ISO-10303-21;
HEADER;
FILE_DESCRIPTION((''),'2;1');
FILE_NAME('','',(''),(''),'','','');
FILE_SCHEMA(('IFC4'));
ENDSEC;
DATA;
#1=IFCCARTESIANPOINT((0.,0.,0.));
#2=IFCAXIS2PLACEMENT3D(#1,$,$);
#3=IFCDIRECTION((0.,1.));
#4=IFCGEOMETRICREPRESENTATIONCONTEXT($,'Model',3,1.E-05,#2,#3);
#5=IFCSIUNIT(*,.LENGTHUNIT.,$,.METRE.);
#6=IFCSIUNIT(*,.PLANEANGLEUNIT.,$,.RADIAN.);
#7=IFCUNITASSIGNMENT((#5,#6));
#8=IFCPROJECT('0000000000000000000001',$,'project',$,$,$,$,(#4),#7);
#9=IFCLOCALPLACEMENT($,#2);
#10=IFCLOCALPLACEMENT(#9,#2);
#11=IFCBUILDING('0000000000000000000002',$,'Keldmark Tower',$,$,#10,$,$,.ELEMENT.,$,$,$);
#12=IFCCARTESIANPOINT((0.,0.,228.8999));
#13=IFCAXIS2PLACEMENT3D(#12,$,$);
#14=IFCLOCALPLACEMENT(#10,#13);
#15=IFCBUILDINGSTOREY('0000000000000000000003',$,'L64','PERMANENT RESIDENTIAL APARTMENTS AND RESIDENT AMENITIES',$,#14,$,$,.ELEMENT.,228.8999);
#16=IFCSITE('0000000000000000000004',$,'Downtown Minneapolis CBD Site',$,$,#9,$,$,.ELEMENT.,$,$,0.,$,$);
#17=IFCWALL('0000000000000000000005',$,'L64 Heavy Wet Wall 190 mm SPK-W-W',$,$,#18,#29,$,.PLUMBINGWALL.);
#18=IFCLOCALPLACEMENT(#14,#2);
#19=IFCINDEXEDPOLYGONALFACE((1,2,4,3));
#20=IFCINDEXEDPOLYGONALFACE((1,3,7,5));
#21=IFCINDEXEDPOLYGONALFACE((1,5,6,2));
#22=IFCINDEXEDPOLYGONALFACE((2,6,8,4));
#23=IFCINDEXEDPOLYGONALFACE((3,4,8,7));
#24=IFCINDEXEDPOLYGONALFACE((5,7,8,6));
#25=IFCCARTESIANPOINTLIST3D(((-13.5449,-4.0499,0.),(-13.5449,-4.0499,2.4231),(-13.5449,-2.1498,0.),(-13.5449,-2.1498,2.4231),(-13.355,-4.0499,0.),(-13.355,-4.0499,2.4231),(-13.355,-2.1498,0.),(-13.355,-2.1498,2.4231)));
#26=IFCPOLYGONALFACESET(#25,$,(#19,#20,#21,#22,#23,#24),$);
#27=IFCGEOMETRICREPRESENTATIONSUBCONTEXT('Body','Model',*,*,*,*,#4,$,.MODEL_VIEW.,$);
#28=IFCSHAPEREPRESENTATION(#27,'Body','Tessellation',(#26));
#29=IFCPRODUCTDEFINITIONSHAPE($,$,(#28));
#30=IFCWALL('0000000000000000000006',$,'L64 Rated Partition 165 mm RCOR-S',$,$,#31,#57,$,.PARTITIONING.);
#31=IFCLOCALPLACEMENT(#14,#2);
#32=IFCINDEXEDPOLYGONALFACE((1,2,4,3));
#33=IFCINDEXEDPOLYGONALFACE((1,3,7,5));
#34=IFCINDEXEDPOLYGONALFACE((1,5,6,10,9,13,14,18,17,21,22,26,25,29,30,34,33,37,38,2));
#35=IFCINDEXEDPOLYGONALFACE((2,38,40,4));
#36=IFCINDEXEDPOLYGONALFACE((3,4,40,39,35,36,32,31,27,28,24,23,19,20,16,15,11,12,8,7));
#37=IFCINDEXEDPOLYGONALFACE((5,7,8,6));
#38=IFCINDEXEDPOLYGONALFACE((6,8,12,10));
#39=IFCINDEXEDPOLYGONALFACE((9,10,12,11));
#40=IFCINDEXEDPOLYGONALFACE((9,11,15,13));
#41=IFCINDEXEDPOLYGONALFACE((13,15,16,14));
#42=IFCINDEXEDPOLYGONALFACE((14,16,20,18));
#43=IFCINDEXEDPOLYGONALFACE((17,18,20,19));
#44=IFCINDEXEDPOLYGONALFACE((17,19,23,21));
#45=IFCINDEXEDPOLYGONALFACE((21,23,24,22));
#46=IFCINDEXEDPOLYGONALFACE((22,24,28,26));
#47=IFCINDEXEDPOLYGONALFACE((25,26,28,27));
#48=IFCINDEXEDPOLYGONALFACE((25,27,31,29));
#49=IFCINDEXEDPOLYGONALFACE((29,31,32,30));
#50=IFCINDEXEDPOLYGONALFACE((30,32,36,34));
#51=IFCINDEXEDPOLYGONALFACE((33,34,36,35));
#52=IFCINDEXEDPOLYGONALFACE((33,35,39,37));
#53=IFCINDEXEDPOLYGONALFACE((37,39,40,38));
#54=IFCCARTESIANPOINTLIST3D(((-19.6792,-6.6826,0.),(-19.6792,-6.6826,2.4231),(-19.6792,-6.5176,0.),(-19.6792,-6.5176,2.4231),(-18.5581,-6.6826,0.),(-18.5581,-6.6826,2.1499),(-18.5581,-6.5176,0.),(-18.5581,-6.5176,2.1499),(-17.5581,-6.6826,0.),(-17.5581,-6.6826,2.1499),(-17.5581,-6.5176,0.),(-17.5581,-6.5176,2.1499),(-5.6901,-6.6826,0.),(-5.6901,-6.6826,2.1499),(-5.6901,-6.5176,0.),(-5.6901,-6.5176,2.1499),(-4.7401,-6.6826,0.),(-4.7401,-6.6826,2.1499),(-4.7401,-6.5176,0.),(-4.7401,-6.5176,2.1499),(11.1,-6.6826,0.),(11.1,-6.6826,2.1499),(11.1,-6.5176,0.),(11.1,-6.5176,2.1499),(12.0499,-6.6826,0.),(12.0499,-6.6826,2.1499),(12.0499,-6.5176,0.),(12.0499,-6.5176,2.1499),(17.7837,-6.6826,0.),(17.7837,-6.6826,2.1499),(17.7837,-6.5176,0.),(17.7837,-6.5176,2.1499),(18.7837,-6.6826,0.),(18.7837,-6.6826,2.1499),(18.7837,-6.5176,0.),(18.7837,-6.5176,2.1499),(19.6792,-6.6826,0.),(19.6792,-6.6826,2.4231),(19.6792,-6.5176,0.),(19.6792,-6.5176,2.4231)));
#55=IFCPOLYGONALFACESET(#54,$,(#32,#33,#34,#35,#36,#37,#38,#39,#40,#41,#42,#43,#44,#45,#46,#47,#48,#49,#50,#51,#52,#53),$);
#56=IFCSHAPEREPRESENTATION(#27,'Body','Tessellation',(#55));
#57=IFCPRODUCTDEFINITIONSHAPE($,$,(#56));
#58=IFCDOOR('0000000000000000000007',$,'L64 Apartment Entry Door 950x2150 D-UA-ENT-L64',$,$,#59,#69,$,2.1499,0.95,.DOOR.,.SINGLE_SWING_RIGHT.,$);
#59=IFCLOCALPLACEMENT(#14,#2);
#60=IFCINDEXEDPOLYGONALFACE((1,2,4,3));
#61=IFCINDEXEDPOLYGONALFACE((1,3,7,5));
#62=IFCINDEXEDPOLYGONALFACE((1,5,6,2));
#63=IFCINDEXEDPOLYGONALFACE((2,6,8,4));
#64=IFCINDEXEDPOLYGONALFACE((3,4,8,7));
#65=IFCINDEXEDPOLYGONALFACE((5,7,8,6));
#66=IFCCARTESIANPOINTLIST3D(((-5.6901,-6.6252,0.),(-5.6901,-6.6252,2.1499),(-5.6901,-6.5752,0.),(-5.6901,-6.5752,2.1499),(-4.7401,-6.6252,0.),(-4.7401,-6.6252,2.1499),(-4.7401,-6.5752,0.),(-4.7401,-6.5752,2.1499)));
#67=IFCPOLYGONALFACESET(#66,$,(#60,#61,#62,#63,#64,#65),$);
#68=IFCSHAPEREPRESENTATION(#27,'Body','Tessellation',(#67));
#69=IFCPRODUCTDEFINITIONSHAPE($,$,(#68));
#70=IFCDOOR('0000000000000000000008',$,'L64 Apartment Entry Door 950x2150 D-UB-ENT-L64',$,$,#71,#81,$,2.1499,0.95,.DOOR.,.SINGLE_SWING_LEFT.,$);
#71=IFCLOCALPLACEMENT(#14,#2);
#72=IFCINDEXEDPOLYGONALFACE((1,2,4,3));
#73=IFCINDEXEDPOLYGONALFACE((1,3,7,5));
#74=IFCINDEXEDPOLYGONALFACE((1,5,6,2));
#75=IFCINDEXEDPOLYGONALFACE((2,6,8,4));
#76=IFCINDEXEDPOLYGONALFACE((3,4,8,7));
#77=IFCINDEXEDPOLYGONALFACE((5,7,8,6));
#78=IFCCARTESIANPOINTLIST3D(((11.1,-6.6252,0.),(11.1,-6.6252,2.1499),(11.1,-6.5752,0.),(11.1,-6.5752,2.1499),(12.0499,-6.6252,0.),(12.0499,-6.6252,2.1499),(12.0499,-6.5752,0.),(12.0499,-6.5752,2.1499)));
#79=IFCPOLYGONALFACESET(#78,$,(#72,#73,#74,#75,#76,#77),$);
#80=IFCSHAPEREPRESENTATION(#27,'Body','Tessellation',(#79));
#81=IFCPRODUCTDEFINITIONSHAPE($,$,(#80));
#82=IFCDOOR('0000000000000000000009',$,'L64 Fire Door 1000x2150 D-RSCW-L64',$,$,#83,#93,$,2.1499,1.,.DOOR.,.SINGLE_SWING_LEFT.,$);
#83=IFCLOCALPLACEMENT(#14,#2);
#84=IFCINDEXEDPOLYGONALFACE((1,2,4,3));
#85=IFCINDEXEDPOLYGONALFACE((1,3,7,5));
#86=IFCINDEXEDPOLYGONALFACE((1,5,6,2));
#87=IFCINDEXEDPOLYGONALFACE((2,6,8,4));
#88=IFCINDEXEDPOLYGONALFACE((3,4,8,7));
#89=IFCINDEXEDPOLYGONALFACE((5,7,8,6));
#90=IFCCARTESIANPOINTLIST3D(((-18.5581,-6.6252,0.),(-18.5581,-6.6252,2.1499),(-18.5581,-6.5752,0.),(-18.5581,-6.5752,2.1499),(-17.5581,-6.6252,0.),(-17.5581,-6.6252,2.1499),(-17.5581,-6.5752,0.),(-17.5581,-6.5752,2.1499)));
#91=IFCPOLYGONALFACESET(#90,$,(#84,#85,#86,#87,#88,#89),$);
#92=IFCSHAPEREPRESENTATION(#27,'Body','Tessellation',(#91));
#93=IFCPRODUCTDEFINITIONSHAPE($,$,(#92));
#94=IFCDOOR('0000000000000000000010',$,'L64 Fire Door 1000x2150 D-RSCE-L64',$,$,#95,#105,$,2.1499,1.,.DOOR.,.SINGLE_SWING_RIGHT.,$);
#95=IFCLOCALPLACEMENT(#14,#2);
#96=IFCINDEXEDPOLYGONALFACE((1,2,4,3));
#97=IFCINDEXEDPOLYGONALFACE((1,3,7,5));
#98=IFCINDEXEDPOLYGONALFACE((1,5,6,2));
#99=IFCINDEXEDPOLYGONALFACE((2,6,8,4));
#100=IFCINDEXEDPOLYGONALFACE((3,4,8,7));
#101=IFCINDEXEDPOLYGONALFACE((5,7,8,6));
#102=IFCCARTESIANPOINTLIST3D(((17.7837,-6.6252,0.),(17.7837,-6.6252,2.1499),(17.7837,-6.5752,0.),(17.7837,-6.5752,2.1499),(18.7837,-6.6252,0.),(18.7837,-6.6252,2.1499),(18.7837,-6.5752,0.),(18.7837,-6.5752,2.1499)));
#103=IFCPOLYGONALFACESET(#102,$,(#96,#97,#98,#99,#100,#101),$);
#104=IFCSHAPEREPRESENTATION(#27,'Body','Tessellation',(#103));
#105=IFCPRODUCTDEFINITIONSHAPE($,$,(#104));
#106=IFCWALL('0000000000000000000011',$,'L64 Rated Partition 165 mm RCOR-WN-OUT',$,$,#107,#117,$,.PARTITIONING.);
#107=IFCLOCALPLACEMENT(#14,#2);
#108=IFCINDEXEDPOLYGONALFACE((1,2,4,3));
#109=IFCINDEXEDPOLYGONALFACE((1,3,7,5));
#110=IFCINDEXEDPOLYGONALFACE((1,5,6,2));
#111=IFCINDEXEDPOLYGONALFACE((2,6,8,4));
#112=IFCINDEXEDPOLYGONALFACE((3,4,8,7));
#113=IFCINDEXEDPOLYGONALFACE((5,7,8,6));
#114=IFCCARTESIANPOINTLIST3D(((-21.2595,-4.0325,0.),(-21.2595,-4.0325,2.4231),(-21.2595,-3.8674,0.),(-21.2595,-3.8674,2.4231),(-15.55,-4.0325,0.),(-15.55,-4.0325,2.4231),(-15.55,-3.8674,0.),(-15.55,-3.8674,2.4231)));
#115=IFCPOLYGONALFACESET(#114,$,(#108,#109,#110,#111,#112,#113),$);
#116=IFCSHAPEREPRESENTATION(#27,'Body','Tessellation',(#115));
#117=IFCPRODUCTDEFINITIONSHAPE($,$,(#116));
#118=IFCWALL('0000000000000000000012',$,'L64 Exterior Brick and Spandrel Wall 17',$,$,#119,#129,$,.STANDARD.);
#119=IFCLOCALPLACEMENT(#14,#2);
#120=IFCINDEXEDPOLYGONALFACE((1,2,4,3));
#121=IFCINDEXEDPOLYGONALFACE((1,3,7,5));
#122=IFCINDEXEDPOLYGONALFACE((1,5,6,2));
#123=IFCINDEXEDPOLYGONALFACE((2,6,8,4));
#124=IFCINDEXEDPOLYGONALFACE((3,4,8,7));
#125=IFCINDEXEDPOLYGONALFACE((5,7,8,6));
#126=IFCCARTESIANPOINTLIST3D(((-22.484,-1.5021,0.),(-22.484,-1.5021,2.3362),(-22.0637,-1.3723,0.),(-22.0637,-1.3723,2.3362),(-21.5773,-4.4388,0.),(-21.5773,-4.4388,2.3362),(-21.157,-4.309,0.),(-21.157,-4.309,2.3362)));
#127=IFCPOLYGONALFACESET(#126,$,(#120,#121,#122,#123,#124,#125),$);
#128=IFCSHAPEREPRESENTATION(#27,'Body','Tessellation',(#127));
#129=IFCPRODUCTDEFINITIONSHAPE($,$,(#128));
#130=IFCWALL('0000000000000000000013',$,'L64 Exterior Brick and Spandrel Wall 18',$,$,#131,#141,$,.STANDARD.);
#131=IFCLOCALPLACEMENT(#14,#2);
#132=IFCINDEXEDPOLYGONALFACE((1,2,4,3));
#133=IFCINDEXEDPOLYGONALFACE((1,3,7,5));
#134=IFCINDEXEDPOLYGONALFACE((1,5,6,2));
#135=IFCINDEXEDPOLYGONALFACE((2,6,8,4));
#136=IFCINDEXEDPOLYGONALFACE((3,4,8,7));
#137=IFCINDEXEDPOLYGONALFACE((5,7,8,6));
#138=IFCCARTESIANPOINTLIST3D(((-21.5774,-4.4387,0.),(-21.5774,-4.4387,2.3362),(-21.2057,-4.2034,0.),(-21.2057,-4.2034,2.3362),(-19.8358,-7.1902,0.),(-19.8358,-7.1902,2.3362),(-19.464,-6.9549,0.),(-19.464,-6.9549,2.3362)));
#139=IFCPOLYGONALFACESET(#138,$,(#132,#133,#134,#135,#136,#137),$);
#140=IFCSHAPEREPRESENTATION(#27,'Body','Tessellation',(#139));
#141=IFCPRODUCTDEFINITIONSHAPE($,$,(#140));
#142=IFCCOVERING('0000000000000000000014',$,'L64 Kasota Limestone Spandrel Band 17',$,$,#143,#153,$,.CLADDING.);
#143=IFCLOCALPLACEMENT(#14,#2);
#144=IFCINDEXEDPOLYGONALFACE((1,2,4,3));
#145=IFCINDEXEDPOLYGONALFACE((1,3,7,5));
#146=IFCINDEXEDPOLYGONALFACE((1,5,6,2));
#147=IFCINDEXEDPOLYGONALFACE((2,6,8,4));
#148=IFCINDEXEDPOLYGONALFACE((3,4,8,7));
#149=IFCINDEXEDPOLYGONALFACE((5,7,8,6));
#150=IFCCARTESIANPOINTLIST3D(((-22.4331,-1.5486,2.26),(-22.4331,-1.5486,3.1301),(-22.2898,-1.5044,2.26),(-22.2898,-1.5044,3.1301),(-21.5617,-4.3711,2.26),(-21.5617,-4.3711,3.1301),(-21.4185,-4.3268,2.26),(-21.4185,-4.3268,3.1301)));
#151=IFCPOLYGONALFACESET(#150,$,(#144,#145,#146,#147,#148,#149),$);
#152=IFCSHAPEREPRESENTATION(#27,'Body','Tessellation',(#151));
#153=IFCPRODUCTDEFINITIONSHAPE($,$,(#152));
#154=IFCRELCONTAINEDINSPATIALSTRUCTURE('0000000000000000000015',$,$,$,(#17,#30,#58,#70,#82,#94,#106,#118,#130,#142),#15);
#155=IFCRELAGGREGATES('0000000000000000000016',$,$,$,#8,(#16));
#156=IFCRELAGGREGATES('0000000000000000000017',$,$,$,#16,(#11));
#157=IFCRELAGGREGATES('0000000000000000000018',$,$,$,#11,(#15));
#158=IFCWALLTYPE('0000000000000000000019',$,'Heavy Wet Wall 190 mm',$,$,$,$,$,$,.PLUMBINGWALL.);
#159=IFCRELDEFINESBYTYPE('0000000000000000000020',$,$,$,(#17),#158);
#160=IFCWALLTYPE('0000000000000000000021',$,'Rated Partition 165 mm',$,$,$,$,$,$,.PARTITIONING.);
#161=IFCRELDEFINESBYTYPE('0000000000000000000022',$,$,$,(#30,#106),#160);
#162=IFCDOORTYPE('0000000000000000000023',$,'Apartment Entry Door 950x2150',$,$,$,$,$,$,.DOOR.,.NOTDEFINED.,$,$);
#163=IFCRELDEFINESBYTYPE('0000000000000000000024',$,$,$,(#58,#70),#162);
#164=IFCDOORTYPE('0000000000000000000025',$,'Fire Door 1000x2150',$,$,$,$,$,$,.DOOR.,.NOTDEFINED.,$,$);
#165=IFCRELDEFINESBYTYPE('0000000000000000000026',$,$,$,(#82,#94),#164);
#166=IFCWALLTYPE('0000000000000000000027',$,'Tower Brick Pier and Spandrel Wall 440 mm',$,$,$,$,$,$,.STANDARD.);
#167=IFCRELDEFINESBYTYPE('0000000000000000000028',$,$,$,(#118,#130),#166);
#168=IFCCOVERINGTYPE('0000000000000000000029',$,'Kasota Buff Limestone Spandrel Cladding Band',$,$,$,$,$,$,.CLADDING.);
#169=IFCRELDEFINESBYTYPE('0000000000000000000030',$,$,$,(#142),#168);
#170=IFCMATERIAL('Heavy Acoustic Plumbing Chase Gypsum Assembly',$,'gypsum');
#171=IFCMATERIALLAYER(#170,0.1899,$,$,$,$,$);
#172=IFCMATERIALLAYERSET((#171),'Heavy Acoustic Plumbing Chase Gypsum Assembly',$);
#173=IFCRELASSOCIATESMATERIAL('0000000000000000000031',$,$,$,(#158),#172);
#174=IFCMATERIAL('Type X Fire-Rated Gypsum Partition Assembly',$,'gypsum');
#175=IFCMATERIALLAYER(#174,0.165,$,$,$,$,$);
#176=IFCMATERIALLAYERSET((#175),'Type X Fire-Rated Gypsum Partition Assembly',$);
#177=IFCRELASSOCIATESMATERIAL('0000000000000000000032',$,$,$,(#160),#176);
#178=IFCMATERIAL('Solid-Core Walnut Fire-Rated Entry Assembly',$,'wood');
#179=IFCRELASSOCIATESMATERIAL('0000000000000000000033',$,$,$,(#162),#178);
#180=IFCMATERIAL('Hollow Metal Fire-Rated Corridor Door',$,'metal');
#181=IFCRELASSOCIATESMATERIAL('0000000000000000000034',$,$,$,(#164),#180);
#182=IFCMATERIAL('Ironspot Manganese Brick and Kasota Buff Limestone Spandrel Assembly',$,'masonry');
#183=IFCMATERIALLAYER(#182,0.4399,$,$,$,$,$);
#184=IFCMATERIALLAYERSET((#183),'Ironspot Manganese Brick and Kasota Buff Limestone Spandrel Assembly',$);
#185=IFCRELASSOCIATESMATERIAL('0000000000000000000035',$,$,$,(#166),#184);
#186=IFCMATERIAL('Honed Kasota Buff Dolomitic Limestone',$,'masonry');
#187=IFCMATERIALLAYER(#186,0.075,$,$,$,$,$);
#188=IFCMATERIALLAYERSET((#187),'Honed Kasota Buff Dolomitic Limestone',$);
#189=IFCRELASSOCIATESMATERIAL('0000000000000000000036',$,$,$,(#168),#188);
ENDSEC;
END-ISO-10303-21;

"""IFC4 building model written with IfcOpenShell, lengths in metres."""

from ifc_helpers import new_model, si_unit, direction, frame, frame_2d, origin, origin_2d, place, context, subcontext, project, spatial, rectangle, extrude, material, layer, layer_set, type_object, element, fill, save


model = new_model("IFC4")

# Units and contexts
model_context = context("Model", 3, precision=1e-05, world=origin(), true_north=direction((0.0, 1.0)))
body_context = subcontext(model_context, "Body", "Model", "MODEL_VIEW")
ifc_project = project(units=[si_unit("LENGTHUNIT", "METRE"), si_unit("PLANEANGLEUNIT", "RADIAN")], contexts=[model_context])

# Site, building, storey
site_placement = place(None, origin())
site = spatial("IfcSite", under=ifc_project, at=site_placement, Name="Downtown Minneapolis CBD Site", CompositionType="ELEMENT", RefElevation=0.0)
building_placement = place(site_placement, origin())
building = spatial("IfcBuilding", under=site, at=building_placement, Name="Keldmark Tower", CompositionType="ELEMENT")
storey_placement = place(building_placement, frame((0.0, 0.0, 228.8999)))
storey = spatial("IfcBuildingStorey", under=building, at=storey_placement, Name="L64", Description="PERMANENT RESIDENTIAL APARTMENTS AND RESIDENT AMENITIES", CompositionType="ELEMENT", Elevation=228.8999)

# Shared definitions
ifc_material_1 = material(Name="Heavy Acoustic Plumbing Chase Gypsum Assembly", Category="gypsum")
ifc_layer_1 = layer(ifc_material_1, 0.1899)
ifc_layer_set_1 = layer_set([ifc_layer_1], Name="Heavy Acoustic Plumbing Chase Gypsum Assembly")
wall_type_1 = type_object("IfcWallType", Name="Heavy Wet Wall 190 mm", PredefinedType="PLUMBINGWALL", material=ifc_layer_set_1)

# Wall
wall_1_placement = place(storey_placement, frame((-13.45, -4.05, 0.0), z_axis=(0.0, 0.0, 1.0), x_axis=(0.0, 1.0, 0.0)))
element("IfcWall", 1, at=wall_1_placement, inside=storey, type_object=wall_type_1, Name="L64 Heavy Wet Wall 190 mm SPK-W-W", PredefinedType="PLUMBINGWALL", context=body_context, shape_type="SweptSolid", body=[
    extrude(rectangle(XDim=1.9001, YDim=0.1899, at=frame_2d((0.9502, 0.0))), origin(), (0.0, 0.0, 1.0), 2.4231),
])

# Wall, openings, doors
ifc_material_2 = material(Name="Type X Fire-Rated Gypsum Partition Assembly", Category="gypsum")
ifc_layer_2 = layer(ifc_material_2, 0.165)
ifc_layer_set_2 = layer_set([ifc_layer_2], Name="Type X Fire-Rated Gypsum Partition Assembly")
wall_type_2 = type_object("IfcWallType", Name="Rated Partition 165 mm", PredefinedType="PARTITIONING", material=ifc_layer_set_2)
wall_2_placement = place(storey_placement, frame((-19.6792, -6.6001, 0.0), z_axis=(0.0, 0.0, 1.0), x_axis=(1.0, 0.0, 0.0)))
wall_2 = element("IfcWall", 2, at=wall_2_placement, inside=storey, type_object=wall_type_2, Name="L64 Rated Partition 165 mm RCOR-S", PredefinedType="PARTITIONING", context=body_context, shape_type="SweptSolid", body=[
    extrude(rectangle(XDim=39.3584, YDim=0.165, at=frame_2d((19.6792, 0.0))), origin(), (0.0, 0.0, 1.0), 2.4231),
])
opening_1_placement = place(wall_2_placement, frame((1.1211, 0.0, 0.0)))
opening_1 = element("IfcOpeningElement", 3, at=opening_1_placement, cuts=wall_2, PredefinedType="OPENING", context=body_context, shape_type="SweptSolid", body=[
    extrude(rectangle(XDim=1.0, YDim=2.1499, at=frame_2d((0.5, 1.075))), frame((0.0, 0.0925, 0.0), z_axis=(0.0, -1.0, 0.0), x_axis=(1.0, 0.0, 0.0)), (0.0, 0.0, 1.0), 0.1851),
])
opening_2_placement = place(wall_2_placement, frame((37.4629, 0.0, 0.0)))
opening_2 = element("IfcOpeningElement", 4, at=opening_2_placement, cuts=wall_2, PredefinedType="OPENING", context=body_context, shape_type="SweptSolid", body=[
    extrude(rectangle(XDim=1.0, YDim=2.1499, at=frame_2d((0.5, 1.075))), frame((0.0, 0.0925, 0.0), z_axis=(0.0, -1.0, 0.0), x_axis=(1.0, 0.0, 0.0)), (0.0, 0.0, 1.0), 0.1851),
])
opening_3_placement = place(wall_2_placement, frame((13.989, 0.0, 0.0)))
opening_3 = element("IfcOpeningElement", 5, at=opening_3_placement, cuts=wall_2, PredefinedType="OPENING", context=body_context, shape_type="SweptSolid", body=[
    extrude(rectangle(XDim=0.95, YDim=2.1499, at=frame_2d((0.4751, 1.075))), frame((0.0, 0.0925, 0.0), z_axis=(0.0, -1.0, 0.0), x_axis=(1.0, 0.0, 0.0)), (0.0, 0.0, 1.0), 0.1851),
])
opening_4_placement = place(wall_2_placement, frame((30.7791, 0.0, 0.0)))
opening_4 = element("IfcOpeningElement", 6, at=opening_4_placement, cuts=wall_2, PredefinedType="OPENING", context=body_context, shape_type="SweptSolid", body=[
    extrude(rectangle(XDim=0.95, YDim=2.1499, at=frame_2d((0.4751, 1.075))), frame((0.0, 0.0925, 0.0), z_axis=(0.0, -1.0, 0.0), x_axis=(1.0, 0.0, 0.0)), (0.0, 0.0, 1.0), 0.1851),
])
ifc_material_3 = material(Name="Solid-Core Walnut Fire-Rated Entry Assembly", Category="wood")
door_type_1 = type_object("IfcDoorType", Name="Apartment Entry Door 950x2150", OperationType="NOTDEFINED", PredefinedType="DOOR", material=ifc_material_3)
door_1_placement = place(opening_3_placement, origin())
door_1 = element("IfcDoor", 7, at=door_1_placement, inside=storey, type_object=door_type_1, Name="L64 Apartment Entry Door 950x2150 D-UA-ENT-L64", OperationType="SINGLE_SWING_RIGHT", OverallHeight=2.1499, OverallWidth=0.95, PredefinedType="DOOR", context=body_context, shape_type="SweptSolid", body=[
    extrude(rectangle(XDim=0.95, YDim=2.1499, at=frame_2d((0.4751, 1.075))), frame((0.0, 0.0249, 0.0), z_axis=(0.0, -1.0, 0.0), x_axis=(1.0, 0.0, 0.0)), (0.0, 0.0, 1.0), 0.05),
])
fill(opening_3, door_1)
door_2_placement = place(opening_4_placement, origin())
door_2 = element("IfcDoor", 8, at=door_2_placement, inside=storey, type_object=door_type_1, Name="L64 Apartment Entry Door 950x2150 D-UB-ENT-L64", OperationType="SINGLE_SWING_LEFT", OverallHeight=2.1499, OverallWidth=0.95, PredefinedType="DOOR", context=body_context, shape_type="SweptSolid", body=[
    extrude(rectangle(XDim=0.95, YDim=2.1499, at=frame_2d((0.4751, 1.075))), frame((0.0, 0.0249, 0.0), z_axis=(0.0, -1.0, 0.0), x_axis=(1.0, 0.0, 0.0)), (0.0, 0.0, 1.0), 0.05),
])
fill(opening_4, door_2)
ifc_material_4 = material(Name="Hollow Metal Fire-Rated Corridor Door", Category="metal")
door_type_2 = type_object("IfcDoorType", Name="Fire Door 1000x2150", OperationType="NOTDEFINED", PredefinedType="DOOR", material=ifc_material_4)
door_3_placement = place(opening_1_placement, origin())
door_3 = element("IfcDoor", 9, at=door_3_placement, inside=storey, type_object=door_type_2, Name="L64 Fire Door 1000x2150 D-RSCW-L64", OperationType="SINGLE_SWING_LEFT", OverallHeight=2.1499, OverallWidth=1.0, PredefinedType="DOOR", context=body_context, shape_type="SweptSolid", body=[
    extrude(rectangle(XDim=1.0, YDim=2.1499, at=frame_2d((0.5, 1.075))), frame((0.0, 0.0249, 0.0), z_axis=(0.0, -1.0, 0.0), x_axis=(1.0, 0.0, 0.0)), (0.0, 0.0, 1.0), 0.05),
])
fill(opening_1, door_3)
door_4_placement = place(opening_2_placement, origin())
door_4 = element("IfcDoor", 10, at=door_4_placement, inside=storey, type_object=door_type_2, Name="L64 Fire Door 1000x2150 D-RSCE-L64", OperationType="SINGLE_SWING_RIGHT", OverallHeight=2.1499, OverallWidth=1.0, PredefinedType="DOOR", context=body_context, shape_type="SweptSolid", body=[
    extrude(rectangle(XDim=1.0, YDim=2.1499, at=frame_2d((0.5, 1.075))), frame((0.0, 0.0249, 0.0), z_axis=(0.0, -1.0, 0.0), x_axis=(1.0, 0.0, 0.0)), (0.0, 0.0, 1.0), 0.05),
])
fill(opening_2, door_4)

# Wall
wall_3_placement = place(storey_placement, frame((-21.2595, -3.95, 0.0), z_axis=(0.0, 0.0, 1.0), x_axis=(1.0, 0.0, 0.0)))
element("IfcWall", 11, at=wall_3_placement, inside=storey, type_object=wall_type_2, Name="L64 Rated Partition 165 mm RCOR-WN-OUT", PredefinedType="PARTITIONING", context=body_context, shape_type="SweptSolid", body=[
    extrude(rectangle(XDim=5.7095, YDim=0.165, at=frame_2d((2.8547, 0.0))), origin(), (0.0, 0.0, 1.0), 2.4231),
])

# Walls
ifc_material_5 = material(Name="Ironspot Manganese Brick and Kasota Buff Limestone Spandrel Assembly", Category="masonry")
ifc_layer_3 = layer(ifc_material_5, 0.4399)
ifc_layer_set_3 = layer_set([ifc_layer_3], Name="Ironspot Manganese Brick and Kasota Buff Limestone Spandrel Assembly")
wall_type_3 = type_object("IfcWallType", Name="Tower Brick Pier and Spandrel Wall 440 mm", PredefinedType="STANDARD", material=ifc_layer_set_3)
wall_4_placement = place(storey_placement, frame((-21.3672, -4.3738, 0.0), z_axis=(0.0, 0.0, 1.0), x_axis=(-0.295012, 0.955493, 0.0)))
element("IfcWall", 12, at=wall_4_placement, inside=storey, type_object=wall_type_3, Name="L64 Exterior Brick and Spandrel Wall 17", PredefinedType="STANDARD", context=body_context, shape_type="SweptSolid", body=[
    extrude(rectangle(XDim=3.0735, YDim=0.4399, at=frame_2d((1.5366, 0.0))), origin(), (0.0, 0.0, 1.0), 2.3362),
])
wall_5_placement = place(storey_placement, frame((-19.6499, -7.0725, 0.0), z_axis=(0.0, 0.0, 1.0), x_axis=(-0.534856, 0.844943, 0.0)))
element("IfcWall", 13, at=wall_5_placement, inside=storey, type_object=wall_type_3, Name="L64 Exterior Brick and Spandrel Wall 18", PredefinedType="STANDARD", context=body_context, shape_type="SweptSolid", body=[
    extrude(rectangle(XDim=3.2563, YDim=0.4399, at=frame_2d((1.6282, 0.0))), origin(), (0.0, 0.0, 1.0), 2.3362),
])

# Covering
ifc_material_6 = material(Name="Honed Kasota Buff Dolomitic Limestone", Category="masonry")
ifc_layer_4 = layer(ifc_material_6, 0.075)
ifc_layer_set_4 = layer_set([ifc_layer_4], Name="Honed Kasota Buff Dolomitic Limestone")
covering_type = type_object("IfcCoveringType", Name="Kasota Buff Limestone Spandrel Cladding Band", PredefinedType="CLADDING", material=ifc_layer_set_4)
covering_placement = place(storey_placement, frame((-21.9258, -2.9377, 2.26), z_axis=(0.0, 0.0, 1.0), x_axis=(0.294974, -0.955505, 0.0)))
element("IfcCovering", 14, at=covering_placement, inside=storey, type_object=covering_type, Name="L64 Kasota Limestone Spandrel Band 17", PredefinedType="CLADDING", context=body_context, shape_type="SweptSolid", body=[
    extrude(rectangle(XDim=2.9539, YDim=0.1499, at=origin_2d()), origin(), (0.0, 0.0, 1.0), 0.8701),
])

save(model, "model.ifc")
